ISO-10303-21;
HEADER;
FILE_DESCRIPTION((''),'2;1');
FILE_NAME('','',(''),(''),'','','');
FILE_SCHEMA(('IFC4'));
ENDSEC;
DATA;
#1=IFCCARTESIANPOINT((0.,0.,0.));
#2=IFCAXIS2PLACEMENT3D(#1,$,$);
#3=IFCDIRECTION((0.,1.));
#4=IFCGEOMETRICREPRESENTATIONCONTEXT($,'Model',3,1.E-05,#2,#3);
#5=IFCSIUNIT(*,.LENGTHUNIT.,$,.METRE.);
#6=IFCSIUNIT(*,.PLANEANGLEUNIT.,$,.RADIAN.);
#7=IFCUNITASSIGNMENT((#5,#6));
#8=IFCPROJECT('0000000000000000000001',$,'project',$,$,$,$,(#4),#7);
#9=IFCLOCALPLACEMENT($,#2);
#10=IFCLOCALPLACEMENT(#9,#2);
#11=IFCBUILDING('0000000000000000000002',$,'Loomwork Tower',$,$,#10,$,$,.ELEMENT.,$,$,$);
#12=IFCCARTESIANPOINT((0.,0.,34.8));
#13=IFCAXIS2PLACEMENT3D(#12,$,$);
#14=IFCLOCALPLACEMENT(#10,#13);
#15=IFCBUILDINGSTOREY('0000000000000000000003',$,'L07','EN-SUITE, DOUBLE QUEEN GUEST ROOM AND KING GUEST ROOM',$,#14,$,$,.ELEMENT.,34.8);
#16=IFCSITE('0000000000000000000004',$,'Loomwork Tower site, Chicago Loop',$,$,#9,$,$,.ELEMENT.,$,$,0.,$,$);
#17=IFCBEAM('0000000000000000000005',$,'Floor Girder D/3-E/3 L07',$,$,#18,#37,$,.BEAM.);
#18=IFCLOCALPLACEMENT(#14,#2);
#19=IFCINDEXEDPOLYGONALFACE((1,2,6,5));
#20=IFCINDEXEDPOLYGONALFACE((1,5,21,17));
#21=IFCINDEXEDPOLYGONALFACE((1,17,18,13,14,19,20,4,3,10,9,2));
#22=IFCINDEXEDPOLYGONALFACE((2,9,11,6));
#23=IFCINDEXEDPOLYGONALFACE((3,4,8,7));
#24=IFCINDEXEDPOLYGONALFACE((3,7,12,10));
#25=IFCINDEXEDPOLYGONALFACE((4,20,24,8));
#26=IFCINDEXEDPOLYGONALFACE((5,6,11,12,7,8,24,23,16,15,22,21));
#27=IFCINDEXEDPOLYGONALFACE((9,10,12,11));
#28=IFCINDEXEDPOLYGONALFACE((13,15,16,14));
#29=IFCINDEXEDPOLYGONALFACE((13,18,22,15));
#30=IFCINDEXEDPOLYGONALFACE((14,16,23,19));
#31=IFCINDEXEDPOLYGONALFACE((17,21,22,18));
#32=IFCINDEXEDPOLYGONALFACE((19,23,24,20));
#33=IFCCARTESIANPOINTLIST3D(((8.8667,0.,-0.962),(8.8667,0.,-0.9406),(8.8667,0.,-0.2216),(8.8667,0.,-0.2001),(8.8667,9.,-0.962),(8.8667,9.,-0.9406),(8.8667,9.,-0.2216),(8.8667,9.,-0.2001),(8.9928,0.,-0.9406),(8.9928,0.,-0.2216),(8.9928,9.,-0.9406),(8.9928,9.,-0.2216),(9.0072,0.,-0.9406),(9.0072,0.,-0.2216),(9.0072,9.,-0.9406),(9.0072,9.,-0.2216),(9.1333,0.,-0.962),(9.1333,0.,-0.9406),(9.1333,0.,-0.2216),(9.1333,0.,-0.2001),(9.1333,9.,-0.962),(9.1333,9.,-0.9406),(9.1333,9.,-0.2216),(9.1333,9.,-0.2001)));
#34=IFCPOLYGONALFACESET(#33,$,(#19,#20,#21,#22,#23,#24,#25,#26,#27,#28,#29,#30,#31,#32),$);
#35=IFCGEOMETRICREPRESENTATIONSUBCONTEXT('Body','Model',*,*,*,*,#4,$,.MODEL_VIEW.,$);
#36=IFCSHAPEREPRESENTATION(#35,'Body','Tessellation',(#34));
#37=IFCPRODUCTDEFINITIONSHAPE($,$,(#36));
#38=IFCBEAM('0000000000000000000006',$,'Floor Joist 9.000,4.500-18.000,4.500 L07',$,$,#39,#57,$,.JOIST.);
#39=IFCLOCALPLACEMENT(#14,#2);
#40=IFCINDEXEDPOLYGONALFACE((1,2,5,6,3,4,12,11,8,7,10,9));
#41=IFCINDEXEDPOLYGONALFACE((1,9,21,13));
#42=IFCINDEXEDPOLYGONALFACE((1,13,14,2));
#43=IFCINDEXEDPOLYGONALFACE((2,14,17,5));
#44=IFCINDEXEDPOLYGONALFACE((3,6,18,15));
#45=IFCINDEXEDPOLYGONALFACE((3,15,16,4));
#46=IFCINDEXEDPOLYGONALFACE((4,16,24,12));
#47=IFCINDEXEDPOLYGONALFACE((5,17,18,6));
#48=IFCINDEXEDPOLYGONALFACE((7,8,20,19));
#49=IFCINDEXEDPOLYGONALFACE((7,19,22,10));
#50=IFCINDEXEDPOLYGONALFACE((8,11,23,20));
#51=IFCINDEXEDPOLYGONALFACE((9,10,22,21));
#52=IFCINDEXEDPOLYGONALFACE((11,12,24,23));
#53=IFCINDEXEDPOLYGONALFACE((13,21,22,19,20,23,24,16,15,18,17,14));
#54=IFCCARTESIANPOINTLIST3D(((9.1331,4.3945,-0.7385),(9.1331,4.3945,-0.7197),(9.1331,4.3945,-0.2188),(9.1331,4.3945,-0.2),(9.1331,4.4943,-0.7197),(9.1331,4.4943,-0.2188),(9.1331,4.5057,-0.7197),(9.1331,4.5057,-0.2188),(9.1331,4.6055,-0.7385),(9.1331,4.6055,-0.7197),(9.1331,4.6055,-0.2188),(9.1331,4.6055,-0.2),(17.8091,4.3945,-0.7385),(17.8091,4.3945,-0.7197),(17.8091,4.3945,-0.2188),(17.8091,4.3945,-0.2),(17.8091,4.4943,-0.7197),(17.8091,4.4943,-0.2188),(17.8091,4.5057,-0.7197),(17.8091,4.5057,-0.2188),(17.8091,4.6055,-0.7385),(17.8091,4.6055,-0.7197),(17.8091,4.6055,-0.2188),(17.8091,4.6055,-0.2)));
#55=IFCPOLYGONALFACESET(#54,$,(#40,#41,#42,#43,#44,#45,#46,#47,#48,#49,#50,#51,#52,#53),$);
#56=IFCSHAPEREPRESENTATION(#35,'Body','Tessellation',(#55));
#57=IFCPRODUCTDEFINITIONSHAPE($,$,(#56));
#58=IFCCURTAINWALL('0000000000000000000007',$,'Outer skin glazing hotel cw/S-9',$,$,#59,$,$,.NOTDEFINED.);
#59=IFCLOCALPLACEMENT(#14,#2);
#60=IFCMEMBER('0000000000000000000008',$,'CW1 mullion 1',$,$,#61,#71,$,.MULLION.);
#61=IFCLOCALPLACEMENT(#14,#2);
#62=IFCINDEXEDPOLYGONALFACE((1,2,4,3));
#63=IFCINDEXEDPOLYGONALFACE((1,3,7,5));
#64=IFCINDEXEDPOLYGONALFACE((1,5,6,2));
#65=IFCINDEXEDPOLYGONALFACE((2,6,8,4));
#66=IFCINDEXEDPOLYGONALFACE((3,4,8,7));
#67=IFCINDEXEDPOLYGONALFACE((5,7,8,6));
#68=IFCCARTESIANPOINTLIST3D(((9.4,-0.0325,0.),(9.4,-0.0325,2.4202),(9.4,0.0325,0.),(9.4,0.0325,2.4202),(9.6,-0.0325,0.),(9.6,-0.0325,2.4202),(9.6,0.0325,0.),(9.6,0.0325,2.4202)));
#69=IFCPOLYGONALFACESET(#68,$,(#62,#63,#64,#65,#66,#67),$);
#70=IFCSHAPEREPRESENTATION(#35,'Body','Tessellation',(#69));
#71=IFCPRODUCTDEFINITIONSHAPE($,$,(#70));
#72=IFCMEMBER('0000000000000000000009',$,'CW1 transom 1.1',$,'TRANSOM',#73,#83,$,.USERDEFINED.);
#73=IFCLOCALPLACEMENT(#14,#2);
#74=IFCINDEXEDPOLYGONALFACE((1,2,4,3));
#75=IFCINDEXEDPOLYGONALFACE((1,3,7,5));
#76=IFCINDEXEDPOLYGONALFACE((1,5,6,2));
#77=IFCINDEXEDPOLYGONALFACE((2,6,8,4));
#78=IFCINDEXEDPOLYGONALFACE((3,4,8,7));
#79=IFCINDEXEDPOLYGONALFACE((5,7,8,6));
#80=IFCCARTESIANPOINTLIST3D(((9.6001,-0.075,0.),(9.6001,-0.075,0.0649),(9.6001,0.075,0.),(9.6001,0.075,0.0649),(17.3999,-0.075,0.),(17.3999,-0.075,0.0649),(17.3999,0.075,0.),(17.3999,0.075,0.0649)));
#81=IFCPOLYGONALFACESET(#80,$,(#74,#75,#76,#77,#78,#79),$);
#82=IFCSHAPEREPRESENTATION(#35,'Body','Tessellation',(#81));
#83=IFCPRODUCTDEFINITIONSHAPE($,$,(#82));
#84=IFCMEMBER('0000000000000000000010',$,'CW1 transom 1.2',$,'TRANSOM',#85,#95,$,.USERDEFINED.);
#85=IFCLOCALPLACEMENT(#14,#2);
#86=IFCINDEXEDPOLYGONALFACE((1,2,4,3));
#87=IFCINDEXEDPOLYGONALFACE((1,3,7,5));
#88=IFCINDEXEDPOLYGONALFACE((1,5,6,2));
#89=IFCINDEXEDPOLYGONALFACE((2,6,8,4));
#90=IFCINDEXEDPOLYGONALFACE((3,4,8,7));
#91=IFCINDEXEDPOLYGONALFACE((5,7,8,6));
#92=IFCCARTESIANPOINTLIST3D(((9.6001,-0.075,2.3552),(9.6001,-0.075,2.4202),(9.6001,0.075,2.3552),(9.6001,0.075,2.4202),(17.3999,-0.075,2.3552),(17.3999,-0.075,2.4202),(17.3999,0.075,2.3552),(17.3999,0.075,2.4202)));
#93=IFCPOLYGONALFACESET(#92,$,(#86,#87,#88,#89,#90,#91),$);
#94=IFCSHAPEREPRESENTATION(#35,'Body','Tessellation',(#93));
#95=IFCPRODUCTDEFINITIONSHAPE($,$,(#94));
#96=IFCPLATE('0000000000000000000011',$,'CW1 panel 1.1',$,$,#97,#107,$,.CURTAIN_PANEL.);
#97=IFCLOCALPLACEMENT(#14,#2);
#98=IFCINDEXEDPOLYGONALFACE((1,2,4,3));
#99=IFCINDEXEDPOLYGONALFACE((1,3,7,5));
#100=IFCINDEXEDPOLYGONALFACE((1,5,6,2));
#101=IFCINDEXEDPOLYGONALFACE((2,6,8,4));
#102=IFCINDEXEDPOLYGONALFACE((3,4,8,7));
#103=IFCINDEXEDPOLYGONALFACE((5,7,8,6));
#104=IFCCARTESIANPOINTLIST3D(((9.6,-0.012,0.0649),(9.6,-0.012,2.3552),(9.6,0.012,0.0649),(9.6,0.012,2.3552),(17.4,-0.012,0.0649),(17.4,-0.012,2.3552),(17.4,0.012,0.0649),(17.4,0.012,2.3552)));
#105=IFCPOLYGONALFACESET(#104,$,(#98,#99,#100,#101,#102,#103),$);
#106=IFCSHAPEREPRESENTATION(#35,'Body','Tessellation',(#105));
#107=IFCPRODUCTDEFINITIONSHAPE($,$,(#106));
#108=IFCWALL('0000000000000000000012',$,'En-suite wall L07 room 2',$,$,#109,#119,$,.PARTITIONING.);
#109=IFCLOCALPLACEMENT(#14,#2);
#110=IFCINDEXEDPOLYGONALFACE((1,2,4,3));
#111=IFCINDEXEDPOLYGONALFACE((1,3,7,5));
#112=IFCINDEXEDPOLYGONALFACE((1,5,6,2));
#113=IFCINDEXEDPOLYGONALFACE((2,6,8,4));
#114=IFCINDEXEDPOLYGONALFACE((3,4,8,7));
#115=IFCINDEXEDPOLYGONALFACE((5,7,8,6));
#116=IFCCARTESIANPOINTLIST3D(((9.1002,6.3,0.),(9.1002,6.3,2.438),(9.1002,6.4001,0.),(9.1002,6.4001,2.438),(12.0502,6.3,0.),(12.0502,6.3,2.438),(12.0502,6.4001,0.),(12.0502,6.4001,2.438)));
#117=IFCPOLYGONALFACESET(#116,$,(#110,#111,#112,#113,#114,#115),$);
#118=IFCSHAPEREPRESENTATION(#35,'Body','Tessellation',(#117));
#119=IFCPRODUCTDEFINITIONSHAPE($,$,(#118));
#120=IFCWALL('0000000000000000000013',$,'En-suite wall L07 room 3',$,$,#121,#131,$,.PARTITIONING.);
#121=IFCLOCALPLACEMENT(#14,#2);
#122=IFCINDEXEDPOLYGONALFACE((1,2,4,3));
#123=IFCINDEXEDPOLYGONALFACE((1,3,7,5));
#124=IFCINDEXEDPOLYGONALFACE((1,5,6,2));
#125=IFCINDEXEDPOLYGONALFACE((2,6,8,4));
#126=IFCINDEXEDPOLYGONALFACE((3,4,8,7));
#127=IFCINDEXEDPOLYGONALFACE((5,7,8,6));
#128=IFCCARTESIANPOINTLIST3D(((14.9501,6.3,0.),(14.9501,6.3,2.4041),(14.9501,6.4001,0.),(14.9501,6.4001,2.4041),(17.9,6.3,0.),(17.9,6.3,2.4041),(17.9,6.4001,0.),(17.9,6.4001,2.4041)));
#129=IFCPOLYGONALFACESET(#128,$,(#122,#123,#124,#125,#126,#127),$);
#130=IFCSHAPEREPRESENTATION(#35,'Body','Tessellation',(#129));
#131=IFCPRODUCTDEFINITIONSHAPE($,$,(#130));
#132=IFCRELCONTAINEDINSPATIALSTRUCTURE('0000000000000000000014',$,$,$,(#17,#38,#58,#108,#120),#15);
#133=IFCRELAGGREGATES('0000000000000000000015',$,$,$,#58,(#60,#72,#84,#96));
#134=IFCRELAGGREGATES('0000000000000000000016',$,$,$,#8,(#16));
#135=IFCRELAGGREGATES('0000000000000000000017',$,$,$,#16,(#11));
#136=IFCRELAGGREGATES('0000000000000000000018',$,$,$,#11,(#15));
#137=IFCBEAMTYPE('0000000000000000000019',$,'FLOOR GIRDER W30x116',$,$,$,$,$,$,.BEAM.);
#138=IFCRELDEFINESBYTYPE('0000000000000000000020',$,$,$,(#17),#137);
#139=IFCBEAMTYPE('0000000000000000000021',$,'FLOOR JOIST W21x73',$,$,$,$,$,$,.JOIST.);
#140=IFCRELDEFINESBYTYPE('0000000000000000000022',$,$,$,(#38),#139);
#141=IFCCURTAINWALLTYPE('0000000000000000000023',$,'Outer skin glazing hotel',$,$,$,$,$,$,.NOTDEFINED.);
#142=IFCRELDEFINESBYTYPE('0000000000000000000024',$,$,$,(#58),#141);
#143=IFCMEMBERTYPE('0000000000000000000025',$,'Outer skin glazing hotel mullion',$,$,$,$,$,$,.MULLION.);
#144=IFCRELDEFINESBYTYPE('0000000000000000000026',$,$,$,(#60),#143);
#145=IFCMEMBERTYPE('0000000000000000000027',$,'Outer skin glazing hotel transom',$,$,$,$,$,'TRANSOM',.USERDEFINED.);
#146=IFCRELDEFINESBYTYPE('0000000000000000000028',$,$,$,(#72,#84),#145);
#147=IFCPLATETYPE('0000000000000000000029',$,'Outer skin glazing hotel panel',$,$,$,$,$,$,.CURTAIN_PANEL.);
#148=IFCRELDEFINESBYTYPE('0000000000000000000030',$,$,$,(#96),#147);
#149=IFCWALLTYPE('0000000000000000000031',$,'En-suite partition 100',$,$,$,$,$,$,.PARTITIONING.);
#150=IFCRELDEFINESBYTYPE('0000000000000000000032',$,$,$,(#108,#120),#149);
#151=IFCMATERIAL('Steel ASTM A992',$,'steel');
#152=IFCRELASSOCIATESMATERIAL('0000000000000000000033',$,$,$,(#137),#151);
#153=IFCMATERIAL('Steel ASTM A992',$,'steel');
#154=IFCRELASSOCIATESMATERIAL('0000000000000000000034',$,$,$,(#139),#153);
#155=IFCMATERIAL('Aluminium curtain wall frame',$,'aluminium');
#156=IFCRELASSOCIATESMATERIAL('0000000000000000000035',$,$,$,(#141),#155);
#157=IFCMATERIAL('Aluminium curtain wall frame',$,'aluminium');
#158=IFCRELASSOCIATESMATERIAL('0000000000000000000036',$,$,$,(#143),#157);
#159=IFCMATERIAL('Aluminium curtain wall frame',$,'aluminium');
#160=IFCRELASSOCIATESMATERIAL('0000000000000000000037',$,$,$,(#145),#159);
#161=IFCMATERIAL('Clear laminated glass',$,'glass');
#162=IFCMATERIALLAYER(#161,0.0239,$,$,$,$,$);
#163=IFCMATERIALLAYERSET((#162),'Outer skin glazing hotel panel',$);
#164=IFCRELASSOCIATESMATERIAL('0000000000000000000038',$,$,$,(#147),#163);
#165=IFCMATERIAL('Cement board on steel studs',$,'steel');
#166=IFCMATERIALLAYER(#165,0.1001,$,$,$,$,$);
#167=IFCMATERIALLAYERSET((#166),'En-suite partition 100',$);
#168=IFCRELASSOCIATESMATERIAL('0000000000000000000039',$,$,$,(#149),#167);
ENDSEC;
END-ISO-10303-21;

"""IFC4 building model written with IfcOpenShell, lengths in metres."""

from ifc_helpers import new_model, si_unit, direction, frame, frame_2d, origin, origin_2d, place, context, subcontext, project, spatial, rectangle, i_section, extrude, material, layer, layer_set, material_profile, profile_set, type_object, element, aggregate, save


model = new_model("IFC4")

# Units and contexts
model_context = context("Model", 3, precision=1e-05, world=origin(), true_north=direction((0.0, 1.0)))
body_context = subcontext(model_context, "Body", "Model", "MODEL_VIEW")
ifc_project = project(units=[si_unit("LENGTHUNIT", "METRE"), si_unit("PLANEANGLEUNIT", "RADIAN")], contexts=[model_context])

# Site, building, storey
site_placement = place(None, origin())
site = spatial("IfcSite", under=ifc_project, at=site_placement, Name="Loomwork Tower site, Chicago Loop", CompositionType="ELEMENT", RefElevation=0.0)
building_placement = place(site_placement, origin())
building = spatial("IfcBuilding", under=site, at=building_placement, Name="Loomwork Tower", CompositionType="ELEMENT")
storey_placement = place(building_placement, frame((0.0, 0.0, 34.8)))
storey = spatial("IfcBuildingStorey", under=building, at=storey_placement, Name="L07", Description="EN-SUITE, DOUBLE QUEEN GUEST ROOM AND KING GUEST ROOM", CompositionType="ELEMENT", Elevation=34.8)

# Beams
ifc_material_1 = material(Name="Steel ASTM A992", Category="steel")
ifc_material_profile_1 = material_profile(ifc_material_1, i_section(OverallWidth=0.2666, OverallDepth=0.762, WebThickness=0.0144, FlangeThickness=0.0215, at=origin_2d()), Name="W30x116")
ifc_profile_set_1 = profile_set([ifc_material_profile_1], Name="Steel ASTM A992")
beam_type_1 = type_object("IfcBeamType", Name="FLOOR GIRDER W30x116", PredefinedType="BEAM", material=ifc_profile_set_1)
beam_1_placement = place(storey_placement, frame((9.0, 0.0, -0.5811), z_axis=(0.0, 1.0, 0.0), x_axis=(-1.0, 0.0, 0.0)))
element("IfcBeam", 1, at=beam_1_placement, inside=storey, type_object=beam_type_1, Name="Floor Girder D/3-E/3 L07", PredefinedType="BEAM", context=body_context, shape_type="SweptSolid", body=[
    extrude(i_section(OverallWidth=0.2666, OverallDepth=0.762, WebThickness=0.0144, FlangeThickness=0.0215, at=origin_2d()), origin(), (0.0, 0.0, 1.0), 9.0),
])
ifc_material_2 = material(Name="Steel ASTM A992", Category="steel")
ifc_material_profile_2 = material_profile(ifc_material_2, i_section(OverallWidth=0.2109, OverallDepth=0.5386, WebThickness=0.0115, FlangeThickness=0.0188, at=origin_2d()), Name="W21x73")
ifc_profile_set_2 = profile_set([ifc_material_profile_2], Name="Steel ASTM A992")
beam_type_2 = type_object("IfcBeamType", Name="FLOOR JOIST W21x73", PredefinedType="JOIST", material=ifc_profile_set_2)
beam_2_placement = place(storey_placement, frame((9.1331, 4.5, -0.4692), z_axis=(1.0, 0.0, 0.0), x_axis=(0.0, 1.0, 0.0)))
element("IfcBeam", 2, at=beam_2_placement, inside=storey, type_object=beam_type_2, Name="Floor Joist 9.000,4.500-18.000,4.500 L07", PredefinedType="JOIST", context=body_context, shape_type="SweptSolid", body=[
    extrude(i_section(OverallWidth=0.2109, OverallDepth=0.5386, WebThickness=0.0115, FlangeThickness=0.0188, at=origin_2d()), origin(), (0.0, 0.0, 1.0), 8.676),
])

# Curtain wall, members, plate
ifc_material_3 = material(Name="Aluminium curtain wall frame", Category="aluminium")
curtain_wall_type = type_object("IfcCurtainWallType", Name="Outer skin glazing hotel", PredefinedType="NOTDEFINED", material=ifc_material_3)
curtain_wall_placement = place(storey_placement, origin())
curtain_wall = element("IfcCurtainWall", 3, at=curtain_wall_placement, inside=storey, type_object=curtain_wall_type, Name="Outer skin glazing hotel cw/S-9", PredefinedType="NOTDEFINED")
ifc_material_4 = material(Name="Aluminium curtain wall frame", Category="aluminium")
ifc_material_profile_3 = material_profile(ifc_material_4, rectangle(XDim=0.0649, YDim=0.2, at=origin_2d()), Name="AL 65x200")
ifc_profile_set_3 = profile_set([ifc_material_profile_3], Name="Aluminium curtain wall frame")
member_type_1 = type_object("IfcMemberType", Name="Outer skin glazing hotel mullion", PredefinedType="MULLION", material=ifc_profile_set_3)
member_1_placement = place(storey_placement, frame((9.5, 0.0, 0.0), z_axis=(0.0, 0.0, 1.0), x_axis=(0.0, 1.0, 0.0)))
member_1 = element("IfcMember", 4, at=member_1_placement, type_object=member_type_1, Name="CW1 mullion 1", PredefinedType="MULLION", context=body_context, shape_type="SweptSolid", body=[
    extrude(rectangle(XDim=0.0649, YDim=0.2, at=origin_2d()), origin(), (0.0, 0.0, 1.0), 2.4202),
])
ifc_material_5 = material(Name="Aluminium curtain wall frame", Category="aluminium")
ifc_material_profile_4 = material_profile(ifc_material_5, rectangle(XDim=0.1499, YDim=0.0649, at=origin_2d()), Name="AL 65x150")
ifc_profile_set_4 = profile_set([ifc_material_profile_4], Name="Aluminium curtain wall frame")
member_type_2 = type_object("IfcMemberType", Name="Outer skin glazing hotel transom", ElementType="TRANSOM", PredefinedType="USERDEFINED", material=ifc_profile_set_4)
member_2_placement = place(storey_placement, frame((9.6001, 0.0, 0.0325), z_axis=(1.0, 0.0, 0.0), x_axis=(0.0, 1.0, 0.0)))
member_2 = element("IfcMember", 5, at=member_2_placement, type_object=member_type_2, Name="CW1 transom 1.1", ObjectType="TRANSOM", PredefinedType="USERDEFINED", context=body_context, shape_type="SweptSolid", body=[
    extrude(rectangle(XDim=0.1499, YDim=0.0649, at=origin_2d()), origin(), (0.0, 0.0, 1.0), 7.7998),
])
member_3_placement = place(storey_placement, frame((9.6001, 0.0, 2.3877), z_axis=(1.0, 0.0, 0.0), x_axis=(0.0, 1.0, 0.0)))
member_3 = element("IfcMember", 6, at=member_3_placement, type_object=member_type_2, Name="CW1 transom 1.2", ObjectType="TRANSOM", PredefinedType="USERDEFINED", context=body_context, shape_type="SweptSolid", body=[
    extrude(rectangle(XDim=0.1499, YDim=0.0649, at=origin_2d()), origin(), (0.0, 0.0, 1.0), 7.7998),
])
ifc_material_6 = material(Name="Clear laminated glass", Category="glass")
ifc_layer_1 = layer(ifc_material_6, 0.0239)
ifc_layer_set_1 = layer_set([ifc_layer_1], Name="Outer skin glazing hotel panel")
plate_type = type_object("IfcPlateType", Name="Outer skin glazing hotel panel", PredefinedType="CURTAIN_PANEL", material=ifc_layer_set_1)
plate_placement = place(storey_placement, frame((13.5, 0.0, 0.0649), z_axis=(0.0, 0.0, 1.0), x_axis=(1.0, 0.0, 0.0)))
plate = element("IfcPlate", 7, at=plate_placement, type_object=plate_type, Name="CW1 panel 1.1", PredefinedType="CURTAIN_PANEL", context=body_context, shape_type="SweptSolid", body=[
    extrude(rectangle(XDim=7.8, YDim=0.0239, at=origin_2d()), origin(), (0.0, 0.0, 1.0), 2.2903),
])
aggregate(curtain_wall, [member_1, member_2, member_3, plate])

# Walls
ifc_material_7 = material(Name="Cement board on steel studs", Category="steel")
ifc_layer_2 = layer(ifc_material_7, 0.1001)
ifc_layer_set_2 = layer_set([ifc_layer_2], Name="En-suite partition 100")
wall_type_1 = type_object("IfcWallType", Name="En-suite partition 100", PredefinedType="PARTITIONING", material=ifc_layer_set_2)
wall_1_placement = place(storey_placement, frame((9.1001, 6.3501, 0.0), z_axis=(0.0, 0.0, 1.0), x_axis=(1.0, 0.0, 0.0)))
element("IfcWall", 8, at=wall_1_placement, inside=storey, type_object=wall_type_1, Name="En-suite wall L07 room 2", PredefinedType="PARTITIONING", context=body_context, shape_type="SweptSolid", body=[
    extrude(rectangle(XDim=2.95, YDim=0.1001, at=frame_2d((1.4751, 0.0))), origin(), (0.0, 0.0, 1.0), 2.438),
])
wall_2_placement = place(storey_placement, frame((14.95, 6.3501, 0.0), z_axis=(0.0, 0.0, 1.0), x_axis=(1.0, 0.0, 0.0)))
element("IfcWall", 9, at=wall_2_placement, inside=storey, type_object=wall_type_1, Name="En-suite wall L07 room 3", PredefinedType="PARTITIONING", context=body_context, shape_type="SweptSolid", body=[
    extrude(rectangle(XDim=2.95, YDim=0.1001, at=frame_2d((1.4751, 0.0))), origin(), (0.0, 0.0, 1.0), 2.4041),
])

save(model, "model.ifc")
